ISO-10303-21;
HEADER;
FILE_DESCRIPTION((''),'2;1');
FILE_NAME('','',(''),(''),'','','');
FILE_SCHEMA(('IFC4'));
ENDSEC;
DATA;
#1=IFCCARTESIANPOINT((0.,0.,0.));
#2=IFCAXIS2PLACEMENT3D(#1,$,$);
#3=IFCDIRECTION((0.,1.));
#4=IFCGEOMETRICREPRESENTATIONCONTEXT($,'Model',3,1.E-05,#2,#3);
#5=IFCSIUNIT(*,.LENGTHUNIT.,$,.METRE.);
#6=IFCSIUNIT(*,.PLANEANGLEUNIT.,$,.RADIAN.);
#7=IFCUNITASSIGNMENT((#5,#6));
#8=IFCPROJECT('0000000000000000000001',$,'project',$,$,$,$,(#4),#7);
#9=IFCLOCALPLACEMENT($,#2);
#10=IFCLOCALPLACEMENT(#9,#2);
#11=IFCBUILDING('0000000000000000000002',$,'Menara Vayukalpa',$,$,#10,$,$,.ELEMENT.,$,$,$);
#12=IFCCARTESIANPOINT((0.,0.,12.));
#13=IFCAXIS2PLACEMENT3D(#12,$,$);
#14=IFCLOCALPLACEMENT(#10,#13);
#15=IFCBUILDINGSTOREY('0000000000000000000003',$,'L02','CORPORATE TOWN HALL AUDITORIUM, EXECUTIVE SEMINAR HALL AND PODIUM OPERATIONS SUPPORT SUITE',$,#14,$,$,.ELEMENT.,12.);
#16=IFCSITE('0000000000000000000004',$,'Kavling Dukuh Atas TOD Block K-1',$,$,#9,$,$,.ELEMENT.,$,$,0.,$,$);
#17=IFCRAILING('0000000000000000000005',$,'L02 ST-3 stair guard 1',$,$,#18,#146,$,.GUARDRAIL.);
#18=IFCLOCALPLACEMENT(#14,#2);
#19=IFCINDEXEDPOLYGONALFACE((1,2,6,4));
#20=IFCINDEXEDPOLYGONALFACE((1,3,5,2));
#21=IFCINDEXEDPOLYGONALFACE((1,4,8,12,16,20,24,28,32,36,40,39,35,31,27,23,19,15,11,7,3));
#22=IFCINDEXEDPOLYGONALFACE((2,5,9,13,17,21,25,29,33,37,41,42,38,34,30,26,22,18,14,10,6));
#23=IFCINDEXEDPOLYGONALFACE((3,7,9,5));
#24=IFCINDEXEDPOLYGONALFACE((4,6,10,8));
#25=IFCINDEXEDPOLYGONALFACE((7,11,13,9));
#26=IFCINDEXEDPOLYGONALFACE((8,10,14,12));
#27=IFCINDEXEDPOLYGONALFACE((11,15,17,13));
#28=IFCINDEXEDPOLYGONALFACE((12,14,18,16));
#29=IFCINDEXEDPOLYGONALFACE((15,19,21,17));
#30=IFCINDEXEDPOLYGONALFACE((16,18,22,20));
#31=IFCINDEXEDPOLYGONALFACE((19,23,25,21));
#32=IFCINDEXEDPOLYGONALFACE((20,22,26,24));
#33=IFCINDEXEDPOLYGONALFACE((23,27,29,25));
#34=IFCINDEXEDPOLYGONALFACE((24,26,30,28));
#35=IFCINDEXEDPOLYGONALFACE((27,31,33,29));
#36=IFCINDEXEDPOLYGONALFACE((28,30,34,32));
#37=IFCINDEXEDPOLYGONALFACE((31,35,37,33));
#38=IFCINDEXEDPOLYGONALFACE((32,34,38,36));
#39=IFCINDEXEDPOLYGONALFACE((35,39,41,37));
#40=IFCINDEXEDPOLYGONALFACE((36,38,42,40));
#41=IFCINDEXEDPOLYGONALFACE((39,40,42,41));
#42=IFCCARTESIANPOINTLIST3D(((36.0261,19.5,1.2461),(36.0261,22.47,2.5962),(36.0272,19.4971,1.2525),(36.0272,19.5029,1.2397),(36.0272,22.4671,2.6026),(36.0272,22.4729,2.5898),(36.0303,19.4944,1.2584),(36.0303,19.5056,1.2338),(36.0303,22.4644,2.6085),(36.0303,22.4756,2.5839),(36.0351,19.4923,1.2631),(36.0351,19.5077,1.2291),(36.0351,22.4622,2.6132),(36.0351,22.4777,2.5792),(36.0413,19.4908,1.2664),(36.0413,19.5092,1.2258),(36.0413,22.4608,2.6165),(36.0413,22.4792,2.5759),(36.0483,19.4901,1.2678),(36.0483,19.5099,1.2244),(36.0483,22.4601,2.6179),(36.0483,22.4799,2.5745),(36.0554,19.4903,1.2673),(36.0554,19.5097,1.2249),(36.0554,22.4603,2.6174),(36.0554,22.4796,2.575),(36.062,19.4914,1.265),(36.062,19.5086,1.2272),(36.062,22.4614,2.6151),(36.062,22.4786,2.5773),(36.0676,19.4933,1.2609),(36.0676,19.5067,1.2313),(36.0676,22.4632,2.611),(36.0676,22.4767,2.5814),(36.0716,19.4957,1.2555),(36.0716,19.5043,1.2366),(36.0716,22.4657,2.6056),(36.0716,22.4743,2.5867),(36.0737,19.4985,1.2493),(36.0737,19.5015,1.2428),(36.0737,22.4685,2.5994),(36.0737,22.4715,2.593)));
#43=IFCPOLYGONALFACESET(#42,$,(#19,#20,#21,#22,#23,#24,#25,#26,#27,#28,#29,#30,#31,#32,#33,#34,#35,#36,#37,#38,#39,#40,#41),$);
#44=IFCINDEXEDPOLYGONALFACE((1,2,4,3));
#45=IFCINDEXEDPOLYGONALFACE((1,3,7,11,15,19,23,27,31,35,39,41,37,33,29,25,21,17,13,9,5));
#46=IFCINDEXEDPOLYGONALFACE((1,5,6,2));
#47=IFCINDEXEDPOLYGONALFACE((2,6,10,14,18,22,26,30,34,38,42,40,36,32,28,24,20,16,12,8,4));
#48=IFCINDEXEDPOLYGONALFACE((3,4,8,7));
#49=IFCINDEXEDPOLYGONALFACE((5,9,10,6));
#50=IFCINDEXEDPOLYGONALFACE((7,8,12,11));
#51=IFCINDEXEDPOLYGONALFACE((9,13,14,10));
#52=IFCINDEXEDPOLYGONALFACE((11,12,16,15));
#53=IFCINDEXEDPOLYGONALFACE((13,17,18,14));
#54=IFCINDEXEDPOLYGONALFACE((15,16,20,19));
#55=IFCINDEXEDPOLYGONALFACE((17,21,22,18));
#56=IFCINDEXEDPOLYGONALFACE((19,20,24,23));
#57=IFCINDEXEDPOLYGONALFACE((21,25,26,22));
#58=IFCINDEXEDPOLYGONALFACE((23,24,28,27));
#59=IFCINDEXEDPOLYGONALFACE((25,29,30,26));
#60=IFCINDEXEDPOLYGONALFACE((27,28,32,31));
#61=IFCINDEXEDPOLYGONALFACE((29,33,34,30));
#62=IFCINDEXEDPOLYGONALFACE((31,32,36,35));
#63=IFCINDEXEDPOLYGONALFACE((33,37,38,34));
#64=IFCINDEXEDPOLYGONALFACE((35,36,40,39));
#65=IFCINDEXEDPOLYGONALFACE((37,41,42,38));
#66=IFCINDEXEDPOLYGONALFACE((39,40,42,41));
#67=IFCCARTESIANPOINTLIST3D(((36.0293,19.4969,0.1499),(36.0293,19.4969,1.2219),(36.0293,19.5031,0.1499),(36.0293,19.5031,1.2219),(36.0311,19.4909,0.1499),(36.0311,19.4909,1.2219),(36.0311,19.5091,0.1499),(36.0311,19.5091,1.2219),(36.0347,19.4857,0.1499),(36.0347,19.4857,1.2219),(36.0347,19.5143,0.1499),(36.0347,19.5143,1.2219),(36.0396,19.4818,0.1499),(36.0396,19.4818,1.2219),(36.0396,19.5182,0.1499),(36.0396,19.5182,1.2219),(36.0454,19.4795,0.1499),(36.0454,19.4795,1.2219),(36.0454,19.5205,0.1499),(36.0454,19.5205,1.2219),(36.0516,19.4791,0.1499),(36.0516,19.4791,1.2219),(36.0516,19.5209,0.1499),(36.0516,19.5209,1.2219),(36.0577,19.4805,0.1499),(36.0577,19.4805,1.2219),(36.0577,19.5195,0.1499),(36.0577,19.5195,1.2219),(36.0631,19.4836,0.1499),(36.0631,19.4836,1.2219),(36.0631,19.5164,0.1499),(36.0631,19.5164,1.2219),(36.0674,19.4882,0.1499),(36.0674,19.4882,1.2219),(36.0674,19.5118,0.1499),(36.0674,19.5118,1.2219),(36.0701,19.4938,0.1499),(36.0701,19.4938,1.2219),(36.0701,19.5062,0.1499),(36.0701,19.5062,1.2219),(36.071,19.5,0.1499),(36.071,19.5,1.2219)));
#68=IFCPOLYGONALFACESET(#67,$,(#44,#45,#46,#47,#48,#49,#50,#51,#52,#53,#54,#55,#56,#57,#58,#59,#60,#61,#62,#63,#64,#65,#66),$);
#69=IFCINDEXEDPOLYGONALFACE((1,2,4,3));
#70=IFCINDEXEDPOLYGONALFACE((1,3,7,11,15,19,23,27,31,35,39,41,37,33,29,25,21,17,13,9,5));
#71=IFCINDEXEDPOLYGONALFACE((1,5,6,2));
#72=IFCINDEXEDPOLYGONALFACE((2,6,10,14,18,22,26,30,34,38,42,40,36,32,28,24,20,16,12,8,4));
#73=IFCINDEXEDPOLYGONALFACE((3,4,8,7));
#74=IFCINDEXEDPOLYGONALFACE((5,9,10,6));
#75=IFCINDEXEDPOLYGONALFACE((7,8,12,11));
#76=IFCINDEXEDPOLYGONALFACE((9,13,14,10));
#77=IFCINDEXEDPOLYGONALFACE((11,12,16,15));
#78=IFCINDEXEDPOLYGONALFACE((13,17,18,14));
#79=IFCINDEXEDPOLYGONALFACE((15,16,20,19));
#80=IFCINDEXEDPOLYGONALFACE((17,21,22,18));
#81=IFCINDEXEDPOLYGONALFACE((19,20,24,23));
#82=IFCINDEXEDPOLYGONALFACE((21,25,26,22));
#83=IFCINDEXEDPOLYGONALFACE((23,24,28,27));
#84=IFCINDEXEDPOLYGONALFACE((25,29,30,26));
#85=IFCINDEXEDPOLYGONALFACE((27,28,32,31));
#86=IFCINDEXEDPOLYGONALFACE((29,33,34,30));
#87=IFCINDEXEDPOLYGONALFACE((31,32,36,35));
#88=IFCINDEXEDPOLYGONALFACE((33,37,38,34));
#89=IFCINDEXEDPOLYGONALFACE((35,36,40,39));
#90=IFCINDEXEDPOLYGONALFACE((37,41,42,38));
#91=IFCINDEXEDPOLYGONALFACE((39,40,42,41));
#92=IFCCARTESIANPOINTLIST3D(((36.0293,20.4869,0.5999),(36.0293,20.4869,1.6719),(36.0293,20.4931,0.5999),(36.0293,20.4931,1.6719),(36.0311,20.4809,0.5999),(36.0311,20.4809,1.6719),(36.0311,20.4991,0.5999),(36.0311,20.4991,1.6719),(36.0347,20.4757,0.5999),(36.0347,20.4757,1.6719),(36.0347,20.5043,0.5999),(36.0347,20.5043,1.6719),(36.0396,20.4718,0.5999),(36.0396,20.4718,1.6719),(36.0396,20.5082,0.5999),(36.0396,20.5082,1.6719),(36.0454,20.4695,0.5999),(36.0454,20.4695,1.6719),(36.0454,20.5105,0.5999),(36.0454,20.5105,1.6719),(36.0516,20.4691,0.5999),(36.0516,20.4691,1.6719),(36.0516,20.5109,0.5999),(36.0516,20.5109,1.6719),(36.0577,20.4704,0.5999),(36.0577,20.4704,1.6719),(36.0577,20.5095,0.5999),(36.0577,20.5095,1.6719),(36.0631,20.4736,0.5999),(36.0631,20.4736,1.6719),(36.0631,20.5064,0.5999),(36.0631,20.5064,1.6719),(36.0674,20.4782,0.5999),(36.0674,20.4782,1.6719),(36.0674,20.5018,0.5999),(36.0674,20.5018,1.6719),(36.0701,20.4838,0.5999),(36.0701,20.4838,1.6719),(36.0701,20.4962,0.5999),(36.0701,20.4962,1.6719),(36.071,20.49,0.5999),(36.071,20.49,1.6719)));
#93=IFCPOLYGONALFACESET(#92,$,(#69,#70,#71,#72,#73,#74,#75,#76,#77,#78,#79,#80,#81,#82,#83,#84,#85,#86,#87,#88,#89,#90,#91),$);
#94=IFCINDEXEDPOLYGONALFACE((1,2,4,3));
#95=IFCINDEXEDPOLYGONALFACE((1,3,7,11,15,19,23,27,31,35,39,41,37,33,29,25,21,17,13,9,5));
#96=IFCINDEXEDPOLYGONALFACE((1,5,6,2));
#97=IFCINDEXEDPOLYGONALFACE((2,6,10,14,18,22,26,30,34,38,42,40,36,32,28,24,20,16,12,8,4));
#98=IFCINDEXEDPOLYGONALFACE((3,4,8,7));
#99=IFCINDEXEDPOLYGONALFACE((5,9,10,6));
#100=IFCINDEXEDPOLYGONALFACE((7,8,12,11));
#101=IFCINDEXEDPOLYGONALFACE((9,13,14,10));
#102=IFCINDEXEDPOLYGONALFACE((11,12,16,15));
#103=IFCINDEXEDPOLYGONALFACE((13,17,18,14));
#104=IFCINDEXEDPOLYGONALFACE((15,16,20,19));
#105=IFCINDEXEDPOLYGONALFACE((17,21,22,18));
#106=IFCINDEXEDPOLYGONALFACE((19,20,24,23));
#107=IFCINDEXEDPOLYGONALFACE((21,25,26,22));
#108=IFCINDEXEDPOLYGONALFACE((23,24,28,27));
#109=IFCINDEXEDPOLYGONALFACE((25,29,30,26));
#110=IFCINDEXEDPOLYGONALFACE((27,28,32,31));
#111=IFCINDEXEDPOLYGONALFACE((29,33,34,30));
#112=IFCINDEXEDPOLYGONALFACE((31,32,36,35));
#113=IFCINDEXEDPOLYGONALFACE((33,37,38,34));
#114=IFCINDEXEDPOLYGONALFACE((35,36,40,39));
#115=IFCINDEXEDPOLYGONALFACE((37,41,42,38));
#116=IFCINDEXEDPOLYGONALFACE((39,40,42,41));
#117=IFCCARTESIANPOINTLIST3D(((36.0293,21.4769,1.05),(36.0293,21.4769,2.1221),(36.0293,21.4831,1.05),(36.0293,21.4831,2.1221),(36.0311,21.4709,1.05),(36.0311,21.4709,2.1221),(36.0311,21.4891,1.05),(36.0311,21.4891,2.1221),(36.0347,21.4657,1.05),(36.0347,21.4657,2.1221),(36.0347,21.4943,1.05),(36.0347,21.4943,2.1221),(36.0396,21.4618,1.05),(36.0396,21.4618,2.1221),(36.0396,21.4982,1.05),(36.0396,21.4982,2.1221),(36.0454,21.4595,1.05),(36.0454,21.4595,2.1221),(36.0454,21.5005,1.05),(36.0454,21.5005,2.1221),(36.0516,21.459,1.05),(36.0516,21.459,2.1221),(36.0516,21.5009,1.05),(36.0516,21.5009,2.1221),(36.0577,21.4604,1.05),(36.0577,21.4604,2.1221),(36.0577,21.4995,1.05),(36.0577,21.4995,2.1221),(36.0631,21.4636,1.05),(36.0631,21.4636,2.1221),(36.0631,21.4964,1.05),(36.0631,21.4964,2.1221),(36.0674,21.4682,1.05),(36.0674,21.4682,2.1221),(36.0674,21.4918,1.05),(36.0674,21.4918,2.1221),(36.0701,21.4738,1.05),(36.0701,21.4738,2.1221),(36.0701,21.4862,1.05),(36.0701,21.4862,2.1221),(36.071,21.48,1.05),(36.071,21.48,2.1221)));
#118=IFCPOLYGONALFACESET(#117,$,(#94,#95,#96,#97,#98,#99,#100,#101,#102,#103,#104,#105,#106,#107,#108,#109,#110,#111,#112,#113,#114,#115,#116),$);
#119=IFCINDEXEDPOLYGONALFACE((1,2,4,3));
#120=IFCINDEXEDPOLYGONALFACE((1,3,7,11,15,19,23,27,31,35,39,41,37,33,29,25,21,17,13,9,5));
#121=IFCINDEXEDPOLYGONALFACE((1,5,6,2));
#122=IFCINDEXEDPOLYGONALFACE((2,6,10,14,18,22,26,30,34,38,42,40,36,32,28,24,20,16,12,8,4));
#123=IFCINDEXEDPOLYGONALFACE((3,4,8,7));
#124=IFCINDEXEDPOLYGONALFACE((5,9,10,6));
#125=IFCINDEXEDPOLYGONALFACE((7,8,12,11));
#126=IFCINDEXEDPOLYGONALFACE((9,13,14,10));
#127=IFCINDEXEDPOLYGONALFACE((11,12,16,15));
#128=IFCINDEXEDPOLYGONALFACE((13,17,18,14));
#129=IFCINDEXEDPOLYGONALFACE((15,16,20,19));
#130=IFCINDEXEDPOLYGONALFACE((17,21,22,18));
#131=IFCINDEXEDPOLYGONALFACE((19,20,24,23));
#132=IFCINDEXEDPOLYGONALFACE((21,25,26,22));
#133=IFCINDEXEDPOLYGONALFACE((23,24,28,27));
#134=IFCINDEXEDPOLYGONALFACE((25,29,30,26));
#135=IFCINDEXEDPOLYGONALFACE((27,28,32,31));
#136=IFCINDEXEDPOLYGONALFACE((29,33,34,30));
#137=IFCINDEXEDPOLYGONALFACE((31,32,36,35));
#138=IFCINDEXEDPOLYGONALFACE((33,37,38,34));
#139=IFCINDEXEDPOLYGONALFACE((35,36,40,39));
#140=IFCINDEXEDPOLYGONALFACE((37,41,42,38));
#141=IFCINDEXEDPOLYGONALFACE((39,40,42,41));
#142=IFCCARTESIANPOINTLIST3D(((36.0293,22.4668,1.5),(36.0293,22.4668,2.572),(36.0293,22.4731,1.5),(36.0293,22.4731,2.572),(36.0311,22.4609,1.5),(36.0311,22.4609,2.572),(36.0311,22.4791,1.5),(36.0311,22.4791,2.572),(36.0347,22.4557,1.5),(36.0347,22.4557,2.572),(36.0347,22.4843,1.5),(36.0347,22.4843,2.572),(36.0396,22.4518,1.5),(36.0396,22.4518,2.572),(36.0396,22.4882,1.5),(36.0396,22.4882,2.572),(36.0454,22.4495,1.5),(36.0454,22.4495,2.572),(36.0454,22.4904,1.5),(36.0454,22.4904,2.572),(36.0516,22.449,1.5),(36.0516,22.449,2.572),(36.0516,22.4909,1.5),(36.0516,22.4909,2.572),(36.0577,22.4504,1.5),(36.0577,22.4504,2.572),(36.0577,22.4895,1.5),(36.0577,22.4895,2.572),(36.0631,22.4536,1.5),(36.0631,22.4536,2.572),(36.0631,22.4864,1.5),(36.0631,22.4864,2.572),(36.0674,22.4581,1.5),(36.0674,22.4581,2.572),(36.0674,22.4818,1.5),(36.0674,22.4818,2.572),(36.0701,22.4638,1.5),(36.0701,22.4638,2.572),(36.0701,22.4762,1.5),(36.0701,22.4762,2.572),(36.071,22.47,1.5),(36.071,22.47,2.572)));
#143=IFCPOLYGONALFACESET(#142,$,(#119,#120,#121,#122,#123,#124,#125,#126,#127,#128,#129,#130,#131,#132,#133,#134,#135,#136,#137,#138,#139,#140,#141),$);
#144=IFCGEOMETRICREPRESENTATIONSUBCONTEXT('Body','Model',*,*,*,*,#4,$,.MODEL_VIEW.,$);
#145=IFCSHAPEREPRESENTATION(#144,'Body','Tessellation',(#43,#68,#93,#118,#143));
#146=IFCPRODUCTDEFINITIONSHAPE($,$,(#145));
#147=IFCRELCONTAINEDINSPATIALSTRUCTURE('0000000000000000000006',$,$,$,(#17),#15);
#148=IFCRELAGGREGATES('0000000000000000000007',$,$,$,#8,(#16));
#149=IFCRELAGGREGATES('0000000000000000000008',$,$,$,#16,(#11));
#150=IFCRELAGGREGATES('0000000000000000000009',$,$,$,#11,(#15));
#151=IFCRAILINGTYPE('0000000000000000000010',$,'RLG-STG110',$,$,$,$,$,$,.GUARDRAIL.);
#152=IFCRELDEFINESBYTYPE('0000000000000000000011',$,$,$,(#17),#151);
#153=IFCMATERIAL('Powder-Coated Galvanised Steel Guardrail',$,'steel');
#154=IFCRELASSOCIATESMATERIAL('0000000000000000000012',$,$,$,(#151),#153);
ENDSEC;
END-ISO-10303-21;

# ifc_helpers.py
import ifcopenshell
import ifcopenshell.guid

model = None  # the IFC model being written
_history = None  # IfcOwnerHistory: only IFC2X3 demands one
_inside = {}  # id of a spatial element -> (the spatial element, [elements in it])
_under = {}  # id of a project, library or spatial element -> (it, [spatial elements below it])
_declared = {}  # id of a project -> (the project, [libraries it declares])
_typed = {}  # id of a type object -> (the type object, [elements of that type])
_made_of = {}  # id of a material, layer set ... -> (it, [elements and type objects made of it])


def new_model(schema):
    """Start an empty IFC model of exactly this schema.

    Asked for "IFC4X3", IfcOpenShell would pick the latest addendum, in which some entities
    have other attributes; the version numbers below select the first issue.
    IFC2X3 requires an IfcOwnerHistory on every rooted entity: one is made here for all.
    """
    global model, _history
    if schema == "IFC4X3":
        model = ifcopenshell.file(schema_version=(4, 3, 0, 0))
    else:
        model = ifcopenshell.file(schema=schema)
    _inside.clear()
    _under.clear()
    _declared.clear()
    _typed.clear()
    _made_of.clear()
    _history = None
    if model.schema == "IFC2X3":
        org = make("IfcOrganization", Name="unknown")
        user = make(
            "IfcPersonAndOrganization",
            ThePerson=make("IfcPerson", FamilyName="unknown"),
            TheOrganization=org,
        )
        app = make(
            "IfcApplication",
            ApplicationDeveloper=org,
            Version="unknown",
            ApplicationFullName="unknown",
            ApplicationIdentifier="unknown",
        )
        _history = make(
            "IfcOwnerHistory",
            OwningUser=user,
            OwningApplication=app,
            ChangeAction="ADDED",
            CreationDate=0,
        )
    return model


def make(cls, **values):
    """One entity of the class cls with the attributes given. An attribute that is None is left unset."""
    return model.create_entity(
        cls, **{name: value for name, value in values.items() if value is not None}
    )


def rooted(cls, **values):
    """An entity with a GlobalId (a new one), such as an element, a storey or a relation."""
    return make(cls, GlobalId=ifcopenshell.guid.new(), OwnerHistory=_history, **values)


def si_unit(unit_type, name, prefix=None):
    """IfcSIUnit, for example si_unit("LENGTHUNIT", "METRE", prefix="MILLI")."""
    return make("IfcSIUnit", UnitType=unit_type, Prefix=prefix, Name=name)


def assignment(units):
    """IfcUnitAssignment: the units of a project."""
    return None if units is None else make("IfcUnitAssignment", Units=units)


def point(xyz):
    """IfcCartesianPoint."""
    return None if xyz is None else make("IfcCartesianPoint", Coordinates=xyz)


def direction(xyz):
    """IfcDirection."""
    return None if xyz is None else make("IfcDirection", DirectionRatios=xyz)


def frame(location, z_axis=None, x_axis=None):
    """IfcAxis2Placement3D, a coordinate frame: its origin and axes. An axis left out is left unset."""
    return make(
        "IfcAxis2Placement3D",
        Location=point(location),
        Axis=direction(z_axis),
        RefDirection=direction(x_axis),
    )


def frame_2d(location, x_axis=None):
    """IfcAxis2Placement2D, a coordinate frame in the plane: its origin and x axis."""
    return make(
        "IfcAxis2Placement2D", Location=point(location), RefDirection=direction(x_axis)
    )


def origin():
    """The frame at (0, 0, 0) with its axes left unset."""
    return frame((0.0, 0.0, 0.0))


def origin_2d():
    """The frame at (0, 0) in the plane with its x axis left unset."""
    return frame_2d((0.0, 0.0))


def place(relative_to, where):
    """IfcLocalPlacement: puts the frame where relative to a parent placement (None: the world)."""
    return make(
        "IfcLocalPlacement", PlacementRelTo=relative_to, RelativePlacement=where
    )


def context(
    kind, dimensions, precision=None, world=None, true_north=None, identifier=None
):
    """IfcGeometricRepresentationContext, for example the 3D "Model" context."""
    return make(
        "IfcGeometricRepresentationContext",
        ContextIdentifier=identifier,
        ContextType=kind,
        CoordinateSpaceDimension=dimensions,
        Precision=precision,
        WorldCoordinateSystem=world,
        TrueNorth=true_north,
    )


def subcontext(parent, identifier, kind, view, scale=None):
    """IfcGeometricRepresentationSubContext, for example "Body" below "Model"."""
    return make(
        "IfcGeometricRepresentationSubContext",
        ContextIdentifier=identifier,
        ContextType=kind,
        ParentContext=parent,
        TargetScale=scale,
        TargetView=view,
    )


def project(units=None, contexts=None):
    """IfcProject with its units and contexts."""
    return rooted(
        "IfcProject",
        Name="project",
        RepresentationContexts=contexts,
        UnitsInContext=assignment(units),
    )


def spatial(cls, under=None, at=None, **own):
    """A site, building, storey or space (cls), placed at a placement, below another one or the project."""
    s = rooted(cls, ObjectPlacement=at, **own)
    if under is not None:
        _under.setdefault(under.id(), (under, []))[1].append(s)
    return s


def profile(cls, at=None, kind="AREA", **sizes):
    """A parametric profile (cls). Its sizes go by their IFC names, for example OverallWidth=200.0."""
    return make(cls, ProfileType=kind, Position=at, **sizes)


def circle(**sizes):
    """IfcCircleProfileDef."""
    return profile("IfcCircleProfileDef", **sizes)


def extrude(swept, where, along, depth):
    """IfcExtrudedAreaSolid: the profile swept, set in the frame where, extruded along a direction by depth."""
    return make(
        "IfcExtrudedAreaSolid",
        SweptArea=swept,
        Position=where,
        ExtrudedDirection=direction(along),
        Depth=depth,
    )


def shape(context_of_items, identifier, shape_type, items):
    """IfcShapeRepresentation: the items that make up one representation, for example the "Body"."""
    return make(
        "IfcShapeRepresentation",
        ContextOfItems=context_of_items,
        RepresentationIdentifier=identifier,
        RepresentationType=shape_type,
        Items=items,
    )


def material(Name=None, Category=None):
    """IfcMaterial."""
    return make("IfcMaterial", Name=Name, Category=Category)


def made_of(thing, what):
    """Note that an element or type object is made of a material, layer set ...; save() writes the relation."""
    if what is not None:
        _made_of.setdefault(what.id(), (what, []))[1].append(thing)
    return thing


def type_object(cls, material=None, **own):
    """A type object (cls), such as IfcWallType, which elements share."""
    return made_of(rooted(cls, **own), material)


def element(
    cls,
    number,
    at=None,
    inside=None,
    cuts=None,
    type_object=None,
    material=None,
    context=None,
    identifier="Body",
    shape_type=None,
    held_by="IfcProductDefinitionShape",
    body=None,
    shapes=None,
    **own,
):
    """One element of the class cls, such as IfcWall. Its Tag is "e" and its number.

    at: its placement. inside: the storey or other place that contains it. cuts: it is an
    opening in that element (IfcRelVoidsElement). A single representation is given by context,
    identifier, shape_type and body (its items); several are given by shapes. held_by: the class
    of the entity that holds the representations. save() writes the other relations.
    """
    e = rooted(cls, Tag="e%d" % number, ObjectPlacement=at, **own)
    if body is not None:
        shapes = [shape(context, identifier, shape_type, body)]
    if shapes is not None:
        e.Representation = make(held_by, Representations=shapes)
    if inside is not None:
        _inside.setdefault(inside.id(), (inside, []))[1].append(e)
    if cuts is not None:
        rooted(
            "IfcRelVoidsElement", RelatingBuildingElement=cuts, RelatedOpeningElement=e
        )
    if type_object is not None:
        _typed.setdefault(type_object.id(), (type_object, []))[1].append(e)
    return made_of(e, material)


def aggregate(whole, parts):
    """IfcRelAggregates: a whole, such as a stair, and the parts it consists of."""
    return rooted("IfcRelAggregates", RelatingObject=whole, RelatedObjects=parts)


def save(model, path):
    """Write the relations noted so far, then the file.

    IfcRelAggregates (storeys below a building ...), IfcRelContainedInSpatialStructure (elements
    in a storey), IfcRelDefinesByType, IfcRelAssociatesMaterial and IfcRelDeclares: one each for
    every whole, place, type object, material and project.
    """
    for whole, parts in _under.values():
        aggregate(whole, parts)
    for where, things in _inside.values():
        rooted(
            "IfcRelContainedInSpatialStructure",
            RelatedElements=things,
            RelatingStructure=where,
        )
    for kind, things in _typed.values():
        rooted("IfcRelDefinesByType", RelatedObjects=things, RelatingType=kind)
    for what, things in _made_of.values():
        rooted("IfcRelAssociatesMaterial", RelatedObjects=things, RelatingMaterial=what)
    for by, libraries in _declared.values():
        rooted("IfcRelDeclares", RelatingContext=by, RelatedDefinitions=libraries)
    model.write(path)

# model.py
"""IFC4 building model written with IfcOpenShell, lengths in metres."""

from ifc_helpers import new_model, si_unit, direction, frame, origin, origin_2d, place, context, subcontext, project, spatial, circle, extrude, material, type_object, element, save


model = new_model("IFC4")

# Units and contexts
model_context = context("Model", 3, precision=1e-05, world=origin(), true_north=direction((0.0, 1.0)))
body_context = subcontext(model_context, "Body", "Model", "MODEL_VIEW")
ifc_project = project(units=[si_unit("LENGTHUNIT", "METRE"), si_unit("PLANEANGLEUNIT", "RADIAN")], contexts=[model_context])

# Site, building, storey
site_placement = place(None, origin())
site = spatial("IfcSite", under=ifc_project, at=site_placement, Name="Kavling Dukuh Atas TOD Block K-1", CompositionType="ELEMENT", RefElevation=0.0)
building_placement = place(site_placement, origin())
building = spatial("IfcBuilding", under=site, at=building_placement, Name="Menara Vayukalpa", CompositionType="ELEMENT")
storey_placement = place(building_placement, frame((0.0, 0.0, 12.0)))
storey = spatial("IfcBuildingStorey", under=building, at=storey_placement, Name="L02", Description="CORPORATE TOWN HALL AUDITORIUM, EXECUTIVE SEMINAR HALL AND PODIUM OPERATIONS SUPPORT SUITE", CompositionType="ELEMENT", Elevation=12.0)

# Railing
ifc_material_1 = material(Name="Powder-Coated Galvanised Steel Guardrail", Category="steel")
railing_type_1 = type_object("IfcRailingType", Name="RLG-STG110", PredefinedType="GUARDRAIL", material=ifc_material_1)
railing_1_placement = place(storey_placement, frame((36.05, 19.5, 0.1499)))
element("IfcRailing", 1, at=railing_1_placement, inside=storey, type_object=railing_type_1, Name="L02 ST-3 stair guard 1", PredefinedType="GUARDRAIL", context=body_context, shape_type="SweptSolid", body=[
    extrude(circle(Radius=0.0239, at=origin_2d()), frame((0.0, 0.0, 1.0962), z_axis=(0.0, 0.910354, 0.413831), x_axis=(-1.0, 0.0, 0.0)), (0.0, 0.0, 1.0), 3.2625),
    extrude(circle(Radius=0.021, at=origin_2d()), origin(), (0.0, 0.0, 1.0), 1.072),
    extrude(circle(Radius=0.021, at=origin_2d()), frame((0.0, 0.99, 0.45)), (0.0, 0.0, 1.0), 1.072),
    extrude(circle(Radius=0.021, at=origin_2d()), frame((0.0, 1.98, 0.9001)), (0.0, 0.0, 1.0), 1.072),
    extrude(circle(Radius=0.021, at=origin_2d()), frame((0.0, 2.97, 1.3501)), (0.0, 0.0, 1.0), 1.072),
])

save(model, "model.ifc")
